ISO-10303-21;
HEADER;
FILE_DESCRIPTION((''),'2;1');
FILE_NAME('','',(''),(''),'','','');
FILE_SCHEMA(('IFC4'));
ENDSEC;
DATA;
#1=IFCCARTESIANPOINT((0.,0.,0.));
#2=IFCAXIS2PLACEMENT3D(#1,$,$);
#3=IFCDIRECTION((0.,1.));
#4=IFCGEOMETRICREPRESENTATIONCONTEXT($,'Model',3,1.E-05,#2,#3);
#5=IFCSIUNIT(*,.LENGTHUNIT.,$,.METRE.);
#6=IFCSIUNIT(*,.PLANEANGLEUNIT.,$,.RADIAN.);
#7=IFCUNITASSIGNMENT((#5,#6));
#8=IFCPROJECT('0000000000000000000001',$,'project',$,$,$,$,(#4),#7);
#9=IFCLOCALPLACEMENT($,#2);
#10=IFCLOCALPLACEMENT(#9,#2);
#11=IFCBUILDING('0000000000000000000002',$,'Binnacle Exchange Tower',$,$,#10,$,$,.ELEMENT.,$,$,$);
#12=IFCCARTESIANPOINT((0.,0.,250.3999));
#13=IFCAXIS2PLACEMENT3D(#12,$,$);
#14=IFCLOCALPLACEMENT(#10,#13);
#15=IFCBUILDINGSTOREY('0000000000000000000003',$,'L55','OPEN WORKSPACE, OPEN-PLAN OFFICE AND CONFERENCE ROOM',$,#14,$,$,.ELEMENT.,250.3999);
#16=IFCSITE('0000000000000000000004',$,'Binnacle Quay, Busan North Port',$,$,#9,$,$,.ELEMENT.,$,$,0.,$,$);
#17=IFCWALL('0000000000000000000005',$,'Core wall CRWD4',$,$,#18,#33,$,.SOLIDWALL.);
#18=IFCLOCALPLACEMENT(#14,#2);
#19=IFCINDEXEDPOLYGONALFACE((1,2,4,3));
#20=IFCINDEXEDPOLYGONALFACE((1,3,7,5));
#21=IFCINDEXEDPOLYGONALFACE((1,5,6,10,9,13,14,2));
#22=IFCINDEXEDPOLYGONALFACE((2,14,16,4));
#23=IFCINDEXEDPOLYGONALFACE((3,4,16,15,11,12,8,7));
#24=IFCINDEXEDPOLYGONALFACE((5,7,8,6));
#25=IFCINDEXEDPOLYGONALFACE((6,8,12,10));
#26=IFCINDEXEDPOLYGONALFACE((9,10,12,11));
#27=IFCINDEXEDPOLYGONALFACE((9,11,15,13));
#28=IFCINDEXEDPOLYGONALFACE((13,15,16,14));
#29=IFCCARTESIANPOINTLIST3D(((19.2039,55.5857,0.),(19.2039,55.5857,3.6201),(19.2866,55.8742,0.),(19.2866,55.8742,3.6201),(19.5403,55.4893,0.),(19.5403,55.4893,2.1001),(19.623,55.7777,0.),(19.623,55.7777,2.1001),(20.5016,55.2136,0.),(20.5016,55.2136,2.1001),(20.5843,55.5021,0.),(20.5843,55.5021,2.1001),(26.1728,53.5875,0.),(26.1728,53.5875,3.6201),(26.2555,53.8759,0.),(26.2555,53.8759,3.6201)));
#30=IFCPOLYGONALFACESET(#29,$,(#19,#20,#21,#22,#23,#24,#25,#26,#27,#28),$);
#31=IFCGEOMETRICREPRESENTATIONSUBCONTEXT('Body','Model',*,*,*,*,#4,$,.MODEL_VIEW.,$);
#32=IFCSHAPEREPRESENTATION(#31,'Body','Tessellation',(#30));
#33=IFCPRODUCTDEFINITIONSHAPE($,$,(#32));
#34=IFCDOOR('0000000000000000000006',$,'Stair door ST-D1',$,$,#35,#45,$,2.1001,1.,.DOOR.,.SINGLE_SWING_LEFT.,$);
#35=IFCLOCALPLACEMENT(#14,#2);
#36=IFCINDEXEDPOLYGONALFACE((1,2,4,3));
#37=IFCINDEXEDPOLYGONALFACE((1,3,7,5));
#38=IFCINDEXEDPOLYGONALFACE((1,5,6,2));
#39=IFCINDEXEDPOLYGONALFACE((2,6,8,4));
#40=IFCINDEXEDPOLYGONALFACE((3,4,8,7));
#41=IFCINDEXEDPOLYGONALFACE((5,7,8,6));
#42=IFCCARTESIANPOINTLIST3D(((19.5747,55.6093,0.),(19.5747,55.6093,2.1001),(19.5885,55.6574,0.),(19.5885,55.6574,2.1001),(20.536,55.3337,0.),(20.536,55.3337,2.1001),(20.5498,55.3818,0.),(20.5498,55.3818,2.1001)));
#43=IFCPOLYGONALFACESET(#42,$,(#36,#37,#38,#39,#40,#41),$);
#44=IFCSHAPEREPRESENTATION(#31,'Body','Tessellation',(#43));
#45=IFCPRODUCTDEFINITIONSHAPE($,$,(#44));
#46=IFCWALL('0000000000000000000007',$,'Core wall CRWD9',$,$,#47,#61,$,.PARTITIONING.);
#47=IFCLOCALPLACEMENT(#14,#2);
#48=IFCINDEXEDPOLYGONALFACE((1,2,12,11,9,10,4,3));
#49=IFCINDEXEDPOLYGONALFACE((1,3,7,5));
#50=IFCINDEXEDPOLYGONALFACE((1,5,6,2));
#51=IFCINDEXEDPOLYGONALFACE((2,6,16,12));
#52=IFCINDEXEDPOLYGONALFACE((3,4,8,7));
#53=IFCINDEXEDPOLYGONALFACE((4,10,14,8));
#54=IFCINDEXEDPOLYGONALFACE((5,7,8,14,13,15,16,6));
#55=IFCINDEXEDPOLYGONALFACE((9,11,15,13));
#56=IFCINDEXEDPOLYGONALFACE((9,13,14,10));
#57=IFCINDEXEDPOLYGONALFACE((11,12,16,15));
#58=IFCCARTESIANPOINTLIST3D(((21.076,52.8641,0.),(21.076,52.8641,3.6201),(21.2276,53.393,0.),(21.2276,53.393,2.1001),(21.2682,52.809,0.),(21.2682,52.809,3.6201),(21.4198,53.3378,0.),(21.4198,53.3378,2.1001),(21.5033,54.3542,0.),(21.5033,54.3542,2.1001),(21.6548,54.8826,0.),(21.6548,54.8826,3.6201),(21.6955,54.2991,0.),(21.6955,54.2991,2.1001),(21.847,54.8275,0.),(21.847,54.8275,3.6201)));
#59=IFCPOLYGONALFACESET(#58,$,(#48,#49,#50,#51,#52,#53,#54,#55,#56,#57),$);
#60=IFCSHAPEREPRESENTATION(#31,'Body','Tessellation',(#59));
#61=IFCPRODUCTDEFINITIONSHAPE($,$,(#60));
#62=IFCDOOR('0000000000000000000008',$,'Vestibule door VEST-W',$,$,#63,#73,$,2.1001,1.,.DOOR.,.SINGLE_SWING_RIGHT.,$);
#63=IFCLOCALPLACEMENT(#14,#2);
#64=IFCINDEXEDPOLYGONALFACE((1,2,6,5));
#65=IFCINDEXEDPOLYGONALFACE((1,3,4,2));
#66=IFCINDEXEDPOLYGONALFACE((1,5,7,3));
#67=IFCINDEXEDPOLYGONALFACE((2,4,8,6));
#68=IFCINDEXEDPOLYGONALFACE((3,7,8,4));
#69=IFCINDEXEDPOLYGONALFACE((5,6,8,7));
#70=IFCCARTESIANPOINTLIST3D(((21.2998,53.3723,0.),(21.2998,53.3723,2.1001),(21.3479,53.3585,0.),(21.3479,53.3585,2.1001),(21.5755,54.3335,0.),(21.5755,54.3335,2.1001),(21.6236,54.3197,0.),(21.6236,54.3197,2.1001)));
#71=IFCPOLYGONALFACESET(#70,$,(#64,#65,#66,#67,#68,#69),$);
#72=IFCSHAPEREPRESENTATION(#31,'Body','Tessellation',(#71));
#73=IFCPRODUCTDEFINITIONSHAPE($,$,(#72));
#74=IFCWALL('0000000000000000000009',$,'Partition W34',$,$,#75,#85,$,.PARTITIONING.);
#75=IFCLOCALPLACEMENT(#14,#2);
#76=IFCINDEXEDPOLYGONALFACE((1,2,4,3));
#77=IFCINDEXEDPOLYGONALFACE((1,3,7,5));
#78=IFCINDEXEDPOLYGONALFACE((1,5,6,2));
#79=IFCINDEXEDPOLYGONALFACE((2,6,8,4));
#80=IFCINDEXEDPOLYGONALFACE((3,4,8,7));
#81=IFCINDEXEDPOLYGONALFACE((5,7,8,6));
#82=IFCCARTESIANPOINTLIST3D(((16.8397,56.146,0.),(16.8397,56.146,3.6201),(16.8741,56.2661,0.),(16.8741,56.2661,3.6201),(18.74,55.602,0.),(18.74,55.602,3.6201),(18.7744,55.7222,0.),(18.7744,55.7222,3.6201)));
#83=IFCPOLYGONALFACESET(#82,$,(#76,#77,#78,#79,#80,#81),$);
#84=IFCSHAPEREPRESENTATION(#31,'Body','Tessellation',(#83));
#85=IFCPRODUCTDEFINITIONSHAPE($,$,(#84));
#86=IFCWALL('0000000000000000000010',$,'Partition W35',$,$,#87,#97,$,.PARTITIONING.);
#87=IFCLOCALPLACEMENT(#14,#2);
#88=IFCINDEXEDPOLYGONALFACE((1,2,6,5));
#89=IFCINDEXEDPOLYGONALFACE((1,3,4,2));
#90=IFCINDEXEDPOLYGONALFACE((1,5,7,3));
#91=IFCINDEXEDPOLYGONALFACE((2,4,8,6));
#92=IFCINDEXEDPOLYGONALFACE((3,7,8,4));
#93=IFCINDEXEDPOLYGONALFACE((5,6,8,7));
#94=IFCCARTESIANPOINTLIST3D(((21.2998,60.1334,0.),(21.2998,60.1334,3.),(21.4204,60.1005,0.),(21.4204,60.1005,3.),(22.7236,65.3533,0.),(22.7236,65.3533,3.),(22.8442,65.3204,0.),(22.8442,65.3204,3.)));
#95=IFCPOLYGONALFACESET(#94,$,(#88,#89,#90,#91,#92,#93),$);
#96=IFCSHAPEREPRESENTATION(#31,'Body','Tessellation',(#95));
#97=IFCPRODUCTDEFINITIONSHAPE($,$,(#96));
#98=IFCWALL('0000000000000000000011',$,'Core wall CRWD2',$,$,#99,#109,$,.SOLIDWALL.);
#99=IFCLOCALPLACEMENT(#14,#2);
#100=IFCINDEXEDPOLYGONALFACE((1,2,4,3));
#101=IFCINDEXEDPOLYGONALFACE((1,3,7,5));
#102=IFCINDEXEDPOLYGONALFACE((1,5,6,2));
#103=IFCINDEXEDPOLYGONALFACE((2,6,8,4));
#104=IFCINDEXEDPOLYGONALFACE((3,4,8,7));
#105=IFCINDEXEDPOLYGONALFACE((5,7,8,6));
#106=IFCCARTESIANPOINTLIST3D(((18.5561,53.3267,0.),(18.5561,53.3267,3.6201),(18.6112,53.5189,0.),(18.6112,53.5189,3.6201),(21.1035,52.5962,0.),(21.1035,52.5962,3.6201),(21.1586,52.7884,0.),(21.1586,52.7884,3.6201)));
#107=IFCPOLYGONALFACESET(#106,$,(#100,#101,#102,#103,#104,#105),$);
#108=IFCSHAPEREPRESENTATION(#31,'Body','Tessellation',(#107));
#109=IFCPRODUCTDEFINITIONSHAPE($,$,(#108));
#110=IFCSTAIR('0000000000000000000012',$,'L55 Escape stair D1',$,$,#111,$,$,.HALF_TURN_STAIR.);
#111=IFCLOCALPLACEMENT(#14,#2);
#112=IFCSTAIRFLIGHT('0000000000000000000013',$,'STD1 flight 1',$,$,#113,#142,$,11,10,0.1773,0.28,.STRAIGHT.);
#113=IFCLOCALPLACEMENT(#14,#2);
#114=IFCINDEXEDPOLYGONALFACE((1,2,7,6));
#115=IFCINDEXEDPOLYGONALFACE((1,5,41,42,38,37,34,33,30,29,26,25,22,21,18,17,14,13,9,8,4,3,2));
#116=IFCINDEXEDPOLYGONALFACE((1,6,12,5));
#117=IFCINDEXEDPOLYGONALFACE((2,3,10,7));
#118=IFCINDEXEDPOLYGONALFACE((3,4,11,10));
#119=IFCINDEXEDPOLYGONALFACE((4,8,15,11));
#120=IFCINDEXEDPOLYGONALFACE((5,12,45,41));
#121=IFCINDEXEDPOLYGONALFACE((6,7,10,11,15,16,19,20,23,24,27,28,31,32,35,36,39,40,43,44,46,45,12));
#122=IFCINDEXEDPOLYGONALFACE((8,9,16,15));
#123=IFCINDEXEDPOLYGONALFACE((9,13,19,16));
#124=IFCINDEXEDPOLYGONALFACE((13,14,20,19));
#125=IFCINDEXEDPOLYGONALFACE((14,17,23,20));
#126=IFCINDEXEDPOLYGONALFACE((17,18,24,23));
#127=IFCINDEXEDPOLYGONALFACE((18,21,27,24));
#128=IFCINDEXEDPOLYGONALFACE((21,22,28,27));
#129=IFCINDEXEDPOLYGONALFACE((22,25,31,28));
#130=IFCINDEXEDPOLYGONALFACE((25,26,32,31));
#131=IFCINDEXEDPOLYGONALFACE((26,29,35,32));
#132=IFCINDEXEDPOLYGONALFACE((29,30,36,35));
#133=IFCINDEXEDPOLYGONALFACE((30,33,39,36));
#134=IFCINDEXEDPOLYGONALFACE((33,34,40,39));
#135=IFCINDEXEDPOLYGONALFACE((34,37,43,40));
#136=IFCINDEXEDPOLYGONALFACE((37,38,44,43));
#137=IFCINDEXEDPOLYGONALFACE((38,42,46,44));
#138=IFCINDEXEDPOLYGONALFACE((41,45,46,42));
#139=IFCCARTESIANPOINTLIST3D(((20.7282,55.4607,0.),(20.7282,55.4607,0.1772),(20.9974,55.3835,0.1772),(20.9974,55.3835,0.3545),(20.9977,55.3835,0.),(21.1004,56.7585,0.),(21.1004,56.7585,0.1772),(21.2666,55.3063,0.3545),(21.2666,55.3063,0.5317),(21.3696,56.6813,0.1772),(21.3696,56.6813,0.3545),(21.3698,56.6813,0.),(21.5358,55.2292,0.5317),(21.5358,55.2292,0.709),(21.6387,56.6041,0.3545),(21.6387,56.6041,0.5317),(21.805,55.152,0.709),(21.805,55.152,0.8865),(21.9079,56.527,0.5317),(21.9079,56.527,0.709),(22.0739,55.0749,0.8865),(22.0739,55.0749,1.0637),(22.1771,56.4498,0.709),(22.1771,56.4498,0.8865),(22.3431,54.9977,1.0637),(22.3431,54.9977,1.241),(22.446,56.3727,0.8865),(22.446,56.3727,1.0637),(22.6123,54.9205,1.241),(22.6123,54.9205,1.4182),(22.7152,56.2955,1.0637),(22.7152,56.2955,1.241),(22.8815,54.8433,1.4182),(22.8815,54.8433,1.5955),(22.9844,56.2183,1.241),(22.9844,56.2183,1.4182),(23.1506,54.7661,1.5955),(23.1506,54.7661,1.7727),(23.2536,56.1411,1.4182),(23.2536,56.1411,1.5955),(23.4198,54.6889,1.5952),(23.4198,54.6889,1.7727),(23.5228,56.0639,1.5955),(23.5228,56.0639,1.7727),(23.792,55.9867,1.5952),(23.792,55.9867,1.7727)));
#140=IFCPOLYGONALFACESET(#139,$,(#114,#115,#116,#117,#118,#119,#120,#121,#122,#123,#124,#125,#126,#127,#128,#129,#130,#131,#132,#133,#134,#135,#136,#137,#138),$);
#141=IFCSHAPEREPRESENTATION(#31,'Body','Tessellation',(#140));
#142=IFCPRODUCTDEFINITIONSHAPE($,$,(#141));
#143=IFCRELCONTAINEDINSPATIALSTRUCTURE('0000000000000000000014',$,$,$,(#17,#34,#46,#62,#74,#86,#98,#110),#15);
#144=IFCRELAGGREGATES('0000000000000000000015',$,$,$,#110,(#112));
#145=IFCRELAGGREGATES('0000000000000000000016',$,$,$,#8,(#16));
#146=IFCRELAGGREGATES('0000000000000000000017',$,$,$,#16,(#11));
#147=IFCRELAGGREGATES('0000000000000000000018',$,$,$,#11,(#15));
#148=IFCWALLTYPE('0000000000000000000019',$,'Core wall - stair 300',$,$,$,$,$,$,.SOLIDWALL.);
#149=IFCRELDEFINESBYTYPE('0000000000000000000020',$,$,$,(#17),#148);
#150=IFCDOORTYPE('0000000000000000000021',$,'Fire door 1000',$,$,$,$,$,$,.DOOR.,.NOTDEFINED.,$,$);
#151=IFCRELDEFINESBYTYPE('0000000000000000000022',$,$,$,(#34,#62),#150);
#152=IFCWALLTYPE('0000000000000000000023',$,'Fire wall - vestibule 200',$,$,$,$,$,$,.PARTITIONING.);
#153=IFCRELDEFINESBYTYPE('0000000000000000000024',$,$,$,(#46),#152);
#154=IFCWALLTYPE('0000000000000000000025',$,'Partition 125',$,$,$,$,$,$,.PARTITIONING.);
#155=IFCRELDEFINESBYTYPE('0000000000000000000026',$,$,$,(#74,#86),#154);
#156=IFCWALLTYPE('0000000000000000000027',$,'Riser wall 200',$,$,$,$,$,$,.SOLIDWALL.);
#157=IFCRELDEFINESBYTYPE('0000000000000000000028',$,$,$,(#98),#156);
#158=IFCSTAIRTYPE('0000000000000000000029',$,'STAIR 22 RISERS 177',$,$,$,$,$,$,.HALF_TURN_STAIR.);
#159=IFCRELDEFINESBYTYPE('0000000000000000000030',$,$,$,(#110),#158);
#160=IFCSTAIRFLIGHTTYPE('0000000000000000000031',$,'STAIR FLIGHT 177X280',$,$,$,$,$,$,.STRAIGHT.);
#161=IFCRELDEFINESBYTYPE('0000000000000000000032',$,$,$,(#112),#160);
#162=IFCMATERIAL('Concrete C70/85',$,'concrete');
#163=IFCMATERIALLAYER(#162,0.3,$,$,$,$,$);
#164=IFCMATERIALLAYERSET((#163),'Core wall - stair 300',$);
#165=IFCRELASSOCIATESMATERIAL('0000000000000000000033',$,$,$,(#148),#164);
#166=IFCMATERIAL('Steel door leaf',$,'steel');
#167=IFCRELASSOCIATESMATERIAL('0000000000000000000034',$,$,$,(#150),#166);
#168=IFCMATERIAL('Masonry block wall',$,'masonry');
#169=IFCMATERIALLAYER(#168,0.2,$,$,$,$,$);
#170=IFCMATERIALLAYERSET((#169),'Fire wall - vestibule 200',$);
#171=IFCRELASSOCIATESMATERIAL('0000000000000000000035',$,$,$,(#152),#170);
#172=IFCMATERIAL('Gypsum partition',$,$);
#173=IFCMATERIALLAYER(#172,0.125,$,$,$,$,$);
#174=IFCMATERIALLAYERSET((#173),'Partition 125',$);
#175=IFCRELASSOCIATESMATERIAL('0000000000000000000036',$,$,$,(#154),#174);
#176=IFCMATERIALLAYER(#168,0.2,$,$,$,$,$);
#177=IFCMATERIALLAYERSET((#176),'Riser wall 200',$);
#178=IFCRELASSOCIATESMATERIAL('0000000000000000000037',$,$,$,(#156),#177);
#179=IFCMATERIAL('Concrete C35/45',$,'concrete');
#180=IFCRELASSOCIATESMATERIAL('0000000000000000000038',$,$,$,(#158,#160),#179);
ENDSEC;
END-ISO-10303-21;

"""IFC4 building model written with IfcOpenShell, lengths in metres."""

from ifc_helpers import new_model, si_unit, direction, frame, frame_2d, origin, place, context, subcontext, project, spatial, polyline, rectangle, outline, extrude, material, layer, layer_set, type_object, element, fill, aggregate, save


model = new_model("IFC4")

# Units and contexts
model_context = context("Model", 3, precision=1e-05, world=origin(), true_north=direction((0.0, 1.0)))
body_context = subcontext(model_context, "Body", "Model", "MODEL_VIEW")
ifc_project = project(units=[si_unit("LENGTHUNIT", "METRE"), si_unit("PLANEANGLEUNIT", "RADIAN")], contexts=[model_context])

# Site, building, storey
site_placement = place(None, origin())
site = spatial("IfcSite", under=ifc_project, at=site_placement, Name="Binnacle Quay, Busan North Port", CompositionType="ELEMENT", RefElevation=0.0)
building_placement = place(site_placement, origin())
building = spatial("IfcBuilding", under=site, at=building_placement, Name="Binnacle Exchange Tower", CompositionType="ELEMENT")
storey_placement = place(building_placement, frame((0.0, 0.0, 250.3999)))
storey = spatial("IfcBuildingStorey", under=building, at=storey_placement, Name="L55", Description="OPEN WORKSPACE, OPEN-PLAN OFFICE AND CONFERENCE ROOM", CompositionType="ELEMENT", Elevation=250.3999)

# Shared definitions
ifc_material_1 = material(Name="Concrete C70/85", Category="concrete")
ifc_material_2 = material(Name="Steel door leaf", Category="steel")

# Walls, openings, doors
ifc_layer_1 = layer(ifc_material_1, 0.3)
ifc_layer_set_1 = layer_set([ifc_layer_1], Name="Core wall - stair 300")
wall_type_1 = type_object("IfcWallType", Name="Core wall - stair 300", PredefinedType="SOLIDWALL", material=ifc_layer_set_1)
wall_1_placement = place(storey_placement, frame((19.2451, 55.73, 0.0), z_axis=(0.0, 0.0, 1.0), x_axis=(0.961263, -0.275633, 0.0)))
wall_1 = element("IfcWall", 1, at=wall_1_placement, inside=storey, type_object=wall_type_1, Name="Core wall CRWD4", PredefinedType="SOLIDWALL", context=body_context, shape_type="SweptSolid", body=[
    extrude(rectangle(XDim=7.2498, YDim=0.3, at=frame_2d((3.625, 0.0))), origin(), (0.0, 0.0, 1.0), 3.6201),
])
opening_1_placement = place(wall_1_placement, frame((0.3501, 0.0, 0.0)))
opening_1 = element("IfcOpeningElement", 2, at=opening_1_placement, cuts=wall_1, PredefinedType="OPENING", context=body_context, shape_type="SweptSolid", body=[
    extrude(rectangle(XDim=1.0, YDim=2.1001, at=frame_2d((0.5, 1.05))), frame((0.0, 0.1599, 0.0), z_axis=(0.0, -1.0, 0.0), x_axis=(1.0, 0.0, 0.0)), (0.0, 0.0, 1.0), 0.3201),
])
door_type_1 = type_object("IfcDoorType", Name="Fire door 1000", OperationType="NOTDEFINED", PredefinedType="DOOR", material=ifc_material_2)
door_1_placement = place(opening_1_placement, origin())
door_1 = element("IfcDoor", 3, at=door_1_placement, inside=storey, type_object=door_type_1, Name="Stair door ST-D1", OperationType="SINGLE_SWING_LEFT", OverallHeight=2.1001, OverallWidth=1.0, PredefinedType="DOOR", context=body_context, shape_type="SweptSolid", body=[
    extrude(rectangle(XDim=1.0, YDim=2.1001, at=frame_2d((0.5, 1.05))), frame((0.0, 0.0249, 0.0), z_axis=(0.0, -1.0, 0.0), x_axis=(1.0, 0.0, 0.0)), (0.0, 0.0, 1.0), 0.05),
])
fill(opening_1, door_1)
ifc_material_3 = material(Name="Masonry block wall", Category="masonry")
ifc_layer_2 = layer(ifc_material_3, 0.2)
ifc_layer_set_2 = layer_set([ifc_layer_2], Name="Fire wall - vestibule 200")
wall_type_2 = type_object("IfcWallType", Name="Fire wall - vestibule 200", PredefinedType="PARTITIONING", material=ifc_layer_set_2)
wall_2_placement = place(storey_placement, frame((21.1721, 52.8367, 0.0), z_axis=(0.0, 0.0, 1.0), x_axis=(0.275658, 0.961256, 0.0)))
wall_2 = element("IfcWall", 4, at=wall_2_placement, inside=storey, type_object=wall_type_2, Name="Core wall CRWD9", PredefinedType="PARTITIONING", context=body_context, shape_type="SweptSolid", body=[
    extrude(rectangle(XDim=2.0999, YDim=0.2, at=frame_2d((1.0498, 0.0))), origin(), (0.0, 0.0, 1.0), 3.6201),
])
opening_2_placement = place(wall_2_placement, frame((0.55, 0.0, 0.0)))
opening_2 = element("IfcOpeningElement", 5, at=opening_2_placement, cuts=wall_2, PredefinedType="OPENING", context=body_context, shape_type="SweptSolid", body=[
    extrude(rectangle(XDim=1.0, YDim=2.1001, at=frame_2d((0.5, 1.05))), frame((0.0, 0.1099, 0.0), z_axis=(0.0, -1.0, 0.0), x_axis=(1.0, 0.0, 0.0)), (0.0, 0.0, 1.0), 0.22),
])
door_2_placement = place(opening_2_placement, origin())
door_2 = element("IfcDoor", 6, at=door_2_placement, inside=storey, type_object=door_type_1, Name="Vestibule door VEST-W", OperationType="SINGLE_SWING_RIGHT", OverallHeight=2.1001, OverallWidth=1.0, PredefinedType="DOOR", context=body_context, shape_type="SweptSolid", body=[
    extrude(rectangle(XDim=1.0, YDim=2.1001, at=frame_2d((0.5, 1.05))), frame((0.0, 0.0249, 0.0), z_axis=(0.0, -1.0, 0.0), x_axis=(1.0, 0.0, 0.0)), (0.0, 0.0, 1.0), 0.05),
])
fill(opening_2, door_2)

# Walls
ifc_material_4 = material(Name="Gypsum partition")
ifc_layer_3 = layer(ifc_material_4, 0.125)
ifc_layer_set_3 = layer_set([ifc_layer_3], Name="Partition 125")
wall_type_3 = type_object("IfcWallType", Name="Partition 125", PredefinedType="PARTITIONING", material=ifc_layer_set_3)
wall_3_placement = place(storey_placement, frame((16.8569, 56.2061, 0.0), z_axis=(0.0, 0.0, 1.0), x_axis=(0.961384, -0.275211, 0.0)))
element("IfcWall", 7, at=wall_3_placement, inside=storey, type_object=wall_type_3, Name="Partition W34", PredefinedType="PARTITIONING", context=body_context, shape_type="SweptSolid", body=[
    extrude(rectangle(XDim=1.9766, YDim=0.125, at=frame_2d((0.9883, 0.0))), origin(), (0.0, 0.0, 1.0), 3.6201),
])
wall_4_placement = place(storey_placement, frame((21.3601, 60.1169, 0.0), z_axis=(0.0, 0.0, 1.0), x_axis=(0.263152, 0.964754, 0.0)))
element("IfcWall", 8, at=wall_4_placement, inside=storey, type_object=wall_type_3, Name="Partition W35", PredefinedType="PARTITIONING", context=body_context, shape_type="SweptSolid", body=[
    extrude(rectangle(XDim=5.4106, YDim=0.125, at=frame_2d((2.7053, 0.0))), origin(), (0.0, 0.0, 1.0), 3.0),
])
ifc_layer_4 = layer(ifc_material_3, 0.2)
ifc_layer_set_4 = layer_set([ifc_layer_4], Name="Riser wall 200")
wall_type_4 = type_object("IfcWallType", Name="Riser wall 200", PredefinedType="SOLIDWALL", material=ifc_layer_set_4)
wall_5_placement = place(storey_placement, frame((18.5835, 53.4229, 0.0), z_axis=(0.0, 0.0, 1.0), x_axis=(0.961259, -0.275646, 0.0)))
element("IfcWall", 9, at=wall_5_placement, inside=storey, type_object=wall_type_4, Name="Core wall CRWD2", PredefinedType="SOLIDWALL", context=body_context, shape_type="SweptSolid", body=[
    extrude(rectangle(XDim=2.6501, YDim=0.2, at=frame_2d((1.3252, 0.0))), origin(), (0.0, 0.0, 1.0), 3.6201),
])

# Stair, stair flight
ifc_material_5 = material(Name="Concrete C35/45", Category="concrete")
stair_type = type_object("IfcStairType", Name="STAIR 22 RISERS 177", PredefinedType="HALF_TURN_STAIR", material=ifc_material_5)
stair_placement = place(storey_placement, origin())
stair = element("IfcStair", 10, at=stair_placement, inside=storey, type_object=stair_type, Name="L55 Escape stair D1", PredefinedType="HALF_TURN_STAIR")
stair_flight_type = type_object("IfcStairFlightType", Name="STAIR FLIGHT 177X280", PredefinedType="STRAIGHT", material=ifc_material_5)
stair_flight_placement = place(storey_placement, frame((20.9143, 56.1096, 0.0), z_axis=(0.0, 0.0, 1.0), x_axis=(0.961262, -0.275637, 0.0)))
stair_flight = element("IfcStairFlight", 11, at=stair_flight_placement, type_object=stair_flight_type, Name="STD1 flight 1", NumberOfRisers=11, NumberOfTreads=10, PredefinedType="STRAIGHT", RiserHeight=0.1773, TreadLength=0.28, context=body_context, shape_type="SweptSolid", body=[
    extrude(outline(polyline([(0.0, 0.0), (0.0, 0.1772), (0.28, 0.1772), (0.28, 0.3545), (0.5601, 0.3545), (0.5601, 0.5317), (0.8401, 0.5317), (0.8401, 0.709), (1.1201, 0.709), (1.1201, 0.8865), (1.3999, 0.8865), (1.3999, 1.0637), (1.6799, 1.0637), (1.6799, 1.241), (1.96, 1.241), (1.96, 1.4182), (2.24, 1.4182), (2.24, 1.5955), (2.52, 1.5955), (2.52, 1.7727), (2.8, 1.7727), (2.8, 1.95), (2.8, 1.5952), (0.2803, 0.0), (0.0, 0.0)])), frame((0.0, 0.675, 0.0), z_axis=(0.0, -1.0, 0.0), x_axis=(1.0, 0.0, 0.0)), (0.0, 0.0, 1.0), 1.3501),
])
aggregate(stair, [stair_flight])

save(model, "model.ifc")
